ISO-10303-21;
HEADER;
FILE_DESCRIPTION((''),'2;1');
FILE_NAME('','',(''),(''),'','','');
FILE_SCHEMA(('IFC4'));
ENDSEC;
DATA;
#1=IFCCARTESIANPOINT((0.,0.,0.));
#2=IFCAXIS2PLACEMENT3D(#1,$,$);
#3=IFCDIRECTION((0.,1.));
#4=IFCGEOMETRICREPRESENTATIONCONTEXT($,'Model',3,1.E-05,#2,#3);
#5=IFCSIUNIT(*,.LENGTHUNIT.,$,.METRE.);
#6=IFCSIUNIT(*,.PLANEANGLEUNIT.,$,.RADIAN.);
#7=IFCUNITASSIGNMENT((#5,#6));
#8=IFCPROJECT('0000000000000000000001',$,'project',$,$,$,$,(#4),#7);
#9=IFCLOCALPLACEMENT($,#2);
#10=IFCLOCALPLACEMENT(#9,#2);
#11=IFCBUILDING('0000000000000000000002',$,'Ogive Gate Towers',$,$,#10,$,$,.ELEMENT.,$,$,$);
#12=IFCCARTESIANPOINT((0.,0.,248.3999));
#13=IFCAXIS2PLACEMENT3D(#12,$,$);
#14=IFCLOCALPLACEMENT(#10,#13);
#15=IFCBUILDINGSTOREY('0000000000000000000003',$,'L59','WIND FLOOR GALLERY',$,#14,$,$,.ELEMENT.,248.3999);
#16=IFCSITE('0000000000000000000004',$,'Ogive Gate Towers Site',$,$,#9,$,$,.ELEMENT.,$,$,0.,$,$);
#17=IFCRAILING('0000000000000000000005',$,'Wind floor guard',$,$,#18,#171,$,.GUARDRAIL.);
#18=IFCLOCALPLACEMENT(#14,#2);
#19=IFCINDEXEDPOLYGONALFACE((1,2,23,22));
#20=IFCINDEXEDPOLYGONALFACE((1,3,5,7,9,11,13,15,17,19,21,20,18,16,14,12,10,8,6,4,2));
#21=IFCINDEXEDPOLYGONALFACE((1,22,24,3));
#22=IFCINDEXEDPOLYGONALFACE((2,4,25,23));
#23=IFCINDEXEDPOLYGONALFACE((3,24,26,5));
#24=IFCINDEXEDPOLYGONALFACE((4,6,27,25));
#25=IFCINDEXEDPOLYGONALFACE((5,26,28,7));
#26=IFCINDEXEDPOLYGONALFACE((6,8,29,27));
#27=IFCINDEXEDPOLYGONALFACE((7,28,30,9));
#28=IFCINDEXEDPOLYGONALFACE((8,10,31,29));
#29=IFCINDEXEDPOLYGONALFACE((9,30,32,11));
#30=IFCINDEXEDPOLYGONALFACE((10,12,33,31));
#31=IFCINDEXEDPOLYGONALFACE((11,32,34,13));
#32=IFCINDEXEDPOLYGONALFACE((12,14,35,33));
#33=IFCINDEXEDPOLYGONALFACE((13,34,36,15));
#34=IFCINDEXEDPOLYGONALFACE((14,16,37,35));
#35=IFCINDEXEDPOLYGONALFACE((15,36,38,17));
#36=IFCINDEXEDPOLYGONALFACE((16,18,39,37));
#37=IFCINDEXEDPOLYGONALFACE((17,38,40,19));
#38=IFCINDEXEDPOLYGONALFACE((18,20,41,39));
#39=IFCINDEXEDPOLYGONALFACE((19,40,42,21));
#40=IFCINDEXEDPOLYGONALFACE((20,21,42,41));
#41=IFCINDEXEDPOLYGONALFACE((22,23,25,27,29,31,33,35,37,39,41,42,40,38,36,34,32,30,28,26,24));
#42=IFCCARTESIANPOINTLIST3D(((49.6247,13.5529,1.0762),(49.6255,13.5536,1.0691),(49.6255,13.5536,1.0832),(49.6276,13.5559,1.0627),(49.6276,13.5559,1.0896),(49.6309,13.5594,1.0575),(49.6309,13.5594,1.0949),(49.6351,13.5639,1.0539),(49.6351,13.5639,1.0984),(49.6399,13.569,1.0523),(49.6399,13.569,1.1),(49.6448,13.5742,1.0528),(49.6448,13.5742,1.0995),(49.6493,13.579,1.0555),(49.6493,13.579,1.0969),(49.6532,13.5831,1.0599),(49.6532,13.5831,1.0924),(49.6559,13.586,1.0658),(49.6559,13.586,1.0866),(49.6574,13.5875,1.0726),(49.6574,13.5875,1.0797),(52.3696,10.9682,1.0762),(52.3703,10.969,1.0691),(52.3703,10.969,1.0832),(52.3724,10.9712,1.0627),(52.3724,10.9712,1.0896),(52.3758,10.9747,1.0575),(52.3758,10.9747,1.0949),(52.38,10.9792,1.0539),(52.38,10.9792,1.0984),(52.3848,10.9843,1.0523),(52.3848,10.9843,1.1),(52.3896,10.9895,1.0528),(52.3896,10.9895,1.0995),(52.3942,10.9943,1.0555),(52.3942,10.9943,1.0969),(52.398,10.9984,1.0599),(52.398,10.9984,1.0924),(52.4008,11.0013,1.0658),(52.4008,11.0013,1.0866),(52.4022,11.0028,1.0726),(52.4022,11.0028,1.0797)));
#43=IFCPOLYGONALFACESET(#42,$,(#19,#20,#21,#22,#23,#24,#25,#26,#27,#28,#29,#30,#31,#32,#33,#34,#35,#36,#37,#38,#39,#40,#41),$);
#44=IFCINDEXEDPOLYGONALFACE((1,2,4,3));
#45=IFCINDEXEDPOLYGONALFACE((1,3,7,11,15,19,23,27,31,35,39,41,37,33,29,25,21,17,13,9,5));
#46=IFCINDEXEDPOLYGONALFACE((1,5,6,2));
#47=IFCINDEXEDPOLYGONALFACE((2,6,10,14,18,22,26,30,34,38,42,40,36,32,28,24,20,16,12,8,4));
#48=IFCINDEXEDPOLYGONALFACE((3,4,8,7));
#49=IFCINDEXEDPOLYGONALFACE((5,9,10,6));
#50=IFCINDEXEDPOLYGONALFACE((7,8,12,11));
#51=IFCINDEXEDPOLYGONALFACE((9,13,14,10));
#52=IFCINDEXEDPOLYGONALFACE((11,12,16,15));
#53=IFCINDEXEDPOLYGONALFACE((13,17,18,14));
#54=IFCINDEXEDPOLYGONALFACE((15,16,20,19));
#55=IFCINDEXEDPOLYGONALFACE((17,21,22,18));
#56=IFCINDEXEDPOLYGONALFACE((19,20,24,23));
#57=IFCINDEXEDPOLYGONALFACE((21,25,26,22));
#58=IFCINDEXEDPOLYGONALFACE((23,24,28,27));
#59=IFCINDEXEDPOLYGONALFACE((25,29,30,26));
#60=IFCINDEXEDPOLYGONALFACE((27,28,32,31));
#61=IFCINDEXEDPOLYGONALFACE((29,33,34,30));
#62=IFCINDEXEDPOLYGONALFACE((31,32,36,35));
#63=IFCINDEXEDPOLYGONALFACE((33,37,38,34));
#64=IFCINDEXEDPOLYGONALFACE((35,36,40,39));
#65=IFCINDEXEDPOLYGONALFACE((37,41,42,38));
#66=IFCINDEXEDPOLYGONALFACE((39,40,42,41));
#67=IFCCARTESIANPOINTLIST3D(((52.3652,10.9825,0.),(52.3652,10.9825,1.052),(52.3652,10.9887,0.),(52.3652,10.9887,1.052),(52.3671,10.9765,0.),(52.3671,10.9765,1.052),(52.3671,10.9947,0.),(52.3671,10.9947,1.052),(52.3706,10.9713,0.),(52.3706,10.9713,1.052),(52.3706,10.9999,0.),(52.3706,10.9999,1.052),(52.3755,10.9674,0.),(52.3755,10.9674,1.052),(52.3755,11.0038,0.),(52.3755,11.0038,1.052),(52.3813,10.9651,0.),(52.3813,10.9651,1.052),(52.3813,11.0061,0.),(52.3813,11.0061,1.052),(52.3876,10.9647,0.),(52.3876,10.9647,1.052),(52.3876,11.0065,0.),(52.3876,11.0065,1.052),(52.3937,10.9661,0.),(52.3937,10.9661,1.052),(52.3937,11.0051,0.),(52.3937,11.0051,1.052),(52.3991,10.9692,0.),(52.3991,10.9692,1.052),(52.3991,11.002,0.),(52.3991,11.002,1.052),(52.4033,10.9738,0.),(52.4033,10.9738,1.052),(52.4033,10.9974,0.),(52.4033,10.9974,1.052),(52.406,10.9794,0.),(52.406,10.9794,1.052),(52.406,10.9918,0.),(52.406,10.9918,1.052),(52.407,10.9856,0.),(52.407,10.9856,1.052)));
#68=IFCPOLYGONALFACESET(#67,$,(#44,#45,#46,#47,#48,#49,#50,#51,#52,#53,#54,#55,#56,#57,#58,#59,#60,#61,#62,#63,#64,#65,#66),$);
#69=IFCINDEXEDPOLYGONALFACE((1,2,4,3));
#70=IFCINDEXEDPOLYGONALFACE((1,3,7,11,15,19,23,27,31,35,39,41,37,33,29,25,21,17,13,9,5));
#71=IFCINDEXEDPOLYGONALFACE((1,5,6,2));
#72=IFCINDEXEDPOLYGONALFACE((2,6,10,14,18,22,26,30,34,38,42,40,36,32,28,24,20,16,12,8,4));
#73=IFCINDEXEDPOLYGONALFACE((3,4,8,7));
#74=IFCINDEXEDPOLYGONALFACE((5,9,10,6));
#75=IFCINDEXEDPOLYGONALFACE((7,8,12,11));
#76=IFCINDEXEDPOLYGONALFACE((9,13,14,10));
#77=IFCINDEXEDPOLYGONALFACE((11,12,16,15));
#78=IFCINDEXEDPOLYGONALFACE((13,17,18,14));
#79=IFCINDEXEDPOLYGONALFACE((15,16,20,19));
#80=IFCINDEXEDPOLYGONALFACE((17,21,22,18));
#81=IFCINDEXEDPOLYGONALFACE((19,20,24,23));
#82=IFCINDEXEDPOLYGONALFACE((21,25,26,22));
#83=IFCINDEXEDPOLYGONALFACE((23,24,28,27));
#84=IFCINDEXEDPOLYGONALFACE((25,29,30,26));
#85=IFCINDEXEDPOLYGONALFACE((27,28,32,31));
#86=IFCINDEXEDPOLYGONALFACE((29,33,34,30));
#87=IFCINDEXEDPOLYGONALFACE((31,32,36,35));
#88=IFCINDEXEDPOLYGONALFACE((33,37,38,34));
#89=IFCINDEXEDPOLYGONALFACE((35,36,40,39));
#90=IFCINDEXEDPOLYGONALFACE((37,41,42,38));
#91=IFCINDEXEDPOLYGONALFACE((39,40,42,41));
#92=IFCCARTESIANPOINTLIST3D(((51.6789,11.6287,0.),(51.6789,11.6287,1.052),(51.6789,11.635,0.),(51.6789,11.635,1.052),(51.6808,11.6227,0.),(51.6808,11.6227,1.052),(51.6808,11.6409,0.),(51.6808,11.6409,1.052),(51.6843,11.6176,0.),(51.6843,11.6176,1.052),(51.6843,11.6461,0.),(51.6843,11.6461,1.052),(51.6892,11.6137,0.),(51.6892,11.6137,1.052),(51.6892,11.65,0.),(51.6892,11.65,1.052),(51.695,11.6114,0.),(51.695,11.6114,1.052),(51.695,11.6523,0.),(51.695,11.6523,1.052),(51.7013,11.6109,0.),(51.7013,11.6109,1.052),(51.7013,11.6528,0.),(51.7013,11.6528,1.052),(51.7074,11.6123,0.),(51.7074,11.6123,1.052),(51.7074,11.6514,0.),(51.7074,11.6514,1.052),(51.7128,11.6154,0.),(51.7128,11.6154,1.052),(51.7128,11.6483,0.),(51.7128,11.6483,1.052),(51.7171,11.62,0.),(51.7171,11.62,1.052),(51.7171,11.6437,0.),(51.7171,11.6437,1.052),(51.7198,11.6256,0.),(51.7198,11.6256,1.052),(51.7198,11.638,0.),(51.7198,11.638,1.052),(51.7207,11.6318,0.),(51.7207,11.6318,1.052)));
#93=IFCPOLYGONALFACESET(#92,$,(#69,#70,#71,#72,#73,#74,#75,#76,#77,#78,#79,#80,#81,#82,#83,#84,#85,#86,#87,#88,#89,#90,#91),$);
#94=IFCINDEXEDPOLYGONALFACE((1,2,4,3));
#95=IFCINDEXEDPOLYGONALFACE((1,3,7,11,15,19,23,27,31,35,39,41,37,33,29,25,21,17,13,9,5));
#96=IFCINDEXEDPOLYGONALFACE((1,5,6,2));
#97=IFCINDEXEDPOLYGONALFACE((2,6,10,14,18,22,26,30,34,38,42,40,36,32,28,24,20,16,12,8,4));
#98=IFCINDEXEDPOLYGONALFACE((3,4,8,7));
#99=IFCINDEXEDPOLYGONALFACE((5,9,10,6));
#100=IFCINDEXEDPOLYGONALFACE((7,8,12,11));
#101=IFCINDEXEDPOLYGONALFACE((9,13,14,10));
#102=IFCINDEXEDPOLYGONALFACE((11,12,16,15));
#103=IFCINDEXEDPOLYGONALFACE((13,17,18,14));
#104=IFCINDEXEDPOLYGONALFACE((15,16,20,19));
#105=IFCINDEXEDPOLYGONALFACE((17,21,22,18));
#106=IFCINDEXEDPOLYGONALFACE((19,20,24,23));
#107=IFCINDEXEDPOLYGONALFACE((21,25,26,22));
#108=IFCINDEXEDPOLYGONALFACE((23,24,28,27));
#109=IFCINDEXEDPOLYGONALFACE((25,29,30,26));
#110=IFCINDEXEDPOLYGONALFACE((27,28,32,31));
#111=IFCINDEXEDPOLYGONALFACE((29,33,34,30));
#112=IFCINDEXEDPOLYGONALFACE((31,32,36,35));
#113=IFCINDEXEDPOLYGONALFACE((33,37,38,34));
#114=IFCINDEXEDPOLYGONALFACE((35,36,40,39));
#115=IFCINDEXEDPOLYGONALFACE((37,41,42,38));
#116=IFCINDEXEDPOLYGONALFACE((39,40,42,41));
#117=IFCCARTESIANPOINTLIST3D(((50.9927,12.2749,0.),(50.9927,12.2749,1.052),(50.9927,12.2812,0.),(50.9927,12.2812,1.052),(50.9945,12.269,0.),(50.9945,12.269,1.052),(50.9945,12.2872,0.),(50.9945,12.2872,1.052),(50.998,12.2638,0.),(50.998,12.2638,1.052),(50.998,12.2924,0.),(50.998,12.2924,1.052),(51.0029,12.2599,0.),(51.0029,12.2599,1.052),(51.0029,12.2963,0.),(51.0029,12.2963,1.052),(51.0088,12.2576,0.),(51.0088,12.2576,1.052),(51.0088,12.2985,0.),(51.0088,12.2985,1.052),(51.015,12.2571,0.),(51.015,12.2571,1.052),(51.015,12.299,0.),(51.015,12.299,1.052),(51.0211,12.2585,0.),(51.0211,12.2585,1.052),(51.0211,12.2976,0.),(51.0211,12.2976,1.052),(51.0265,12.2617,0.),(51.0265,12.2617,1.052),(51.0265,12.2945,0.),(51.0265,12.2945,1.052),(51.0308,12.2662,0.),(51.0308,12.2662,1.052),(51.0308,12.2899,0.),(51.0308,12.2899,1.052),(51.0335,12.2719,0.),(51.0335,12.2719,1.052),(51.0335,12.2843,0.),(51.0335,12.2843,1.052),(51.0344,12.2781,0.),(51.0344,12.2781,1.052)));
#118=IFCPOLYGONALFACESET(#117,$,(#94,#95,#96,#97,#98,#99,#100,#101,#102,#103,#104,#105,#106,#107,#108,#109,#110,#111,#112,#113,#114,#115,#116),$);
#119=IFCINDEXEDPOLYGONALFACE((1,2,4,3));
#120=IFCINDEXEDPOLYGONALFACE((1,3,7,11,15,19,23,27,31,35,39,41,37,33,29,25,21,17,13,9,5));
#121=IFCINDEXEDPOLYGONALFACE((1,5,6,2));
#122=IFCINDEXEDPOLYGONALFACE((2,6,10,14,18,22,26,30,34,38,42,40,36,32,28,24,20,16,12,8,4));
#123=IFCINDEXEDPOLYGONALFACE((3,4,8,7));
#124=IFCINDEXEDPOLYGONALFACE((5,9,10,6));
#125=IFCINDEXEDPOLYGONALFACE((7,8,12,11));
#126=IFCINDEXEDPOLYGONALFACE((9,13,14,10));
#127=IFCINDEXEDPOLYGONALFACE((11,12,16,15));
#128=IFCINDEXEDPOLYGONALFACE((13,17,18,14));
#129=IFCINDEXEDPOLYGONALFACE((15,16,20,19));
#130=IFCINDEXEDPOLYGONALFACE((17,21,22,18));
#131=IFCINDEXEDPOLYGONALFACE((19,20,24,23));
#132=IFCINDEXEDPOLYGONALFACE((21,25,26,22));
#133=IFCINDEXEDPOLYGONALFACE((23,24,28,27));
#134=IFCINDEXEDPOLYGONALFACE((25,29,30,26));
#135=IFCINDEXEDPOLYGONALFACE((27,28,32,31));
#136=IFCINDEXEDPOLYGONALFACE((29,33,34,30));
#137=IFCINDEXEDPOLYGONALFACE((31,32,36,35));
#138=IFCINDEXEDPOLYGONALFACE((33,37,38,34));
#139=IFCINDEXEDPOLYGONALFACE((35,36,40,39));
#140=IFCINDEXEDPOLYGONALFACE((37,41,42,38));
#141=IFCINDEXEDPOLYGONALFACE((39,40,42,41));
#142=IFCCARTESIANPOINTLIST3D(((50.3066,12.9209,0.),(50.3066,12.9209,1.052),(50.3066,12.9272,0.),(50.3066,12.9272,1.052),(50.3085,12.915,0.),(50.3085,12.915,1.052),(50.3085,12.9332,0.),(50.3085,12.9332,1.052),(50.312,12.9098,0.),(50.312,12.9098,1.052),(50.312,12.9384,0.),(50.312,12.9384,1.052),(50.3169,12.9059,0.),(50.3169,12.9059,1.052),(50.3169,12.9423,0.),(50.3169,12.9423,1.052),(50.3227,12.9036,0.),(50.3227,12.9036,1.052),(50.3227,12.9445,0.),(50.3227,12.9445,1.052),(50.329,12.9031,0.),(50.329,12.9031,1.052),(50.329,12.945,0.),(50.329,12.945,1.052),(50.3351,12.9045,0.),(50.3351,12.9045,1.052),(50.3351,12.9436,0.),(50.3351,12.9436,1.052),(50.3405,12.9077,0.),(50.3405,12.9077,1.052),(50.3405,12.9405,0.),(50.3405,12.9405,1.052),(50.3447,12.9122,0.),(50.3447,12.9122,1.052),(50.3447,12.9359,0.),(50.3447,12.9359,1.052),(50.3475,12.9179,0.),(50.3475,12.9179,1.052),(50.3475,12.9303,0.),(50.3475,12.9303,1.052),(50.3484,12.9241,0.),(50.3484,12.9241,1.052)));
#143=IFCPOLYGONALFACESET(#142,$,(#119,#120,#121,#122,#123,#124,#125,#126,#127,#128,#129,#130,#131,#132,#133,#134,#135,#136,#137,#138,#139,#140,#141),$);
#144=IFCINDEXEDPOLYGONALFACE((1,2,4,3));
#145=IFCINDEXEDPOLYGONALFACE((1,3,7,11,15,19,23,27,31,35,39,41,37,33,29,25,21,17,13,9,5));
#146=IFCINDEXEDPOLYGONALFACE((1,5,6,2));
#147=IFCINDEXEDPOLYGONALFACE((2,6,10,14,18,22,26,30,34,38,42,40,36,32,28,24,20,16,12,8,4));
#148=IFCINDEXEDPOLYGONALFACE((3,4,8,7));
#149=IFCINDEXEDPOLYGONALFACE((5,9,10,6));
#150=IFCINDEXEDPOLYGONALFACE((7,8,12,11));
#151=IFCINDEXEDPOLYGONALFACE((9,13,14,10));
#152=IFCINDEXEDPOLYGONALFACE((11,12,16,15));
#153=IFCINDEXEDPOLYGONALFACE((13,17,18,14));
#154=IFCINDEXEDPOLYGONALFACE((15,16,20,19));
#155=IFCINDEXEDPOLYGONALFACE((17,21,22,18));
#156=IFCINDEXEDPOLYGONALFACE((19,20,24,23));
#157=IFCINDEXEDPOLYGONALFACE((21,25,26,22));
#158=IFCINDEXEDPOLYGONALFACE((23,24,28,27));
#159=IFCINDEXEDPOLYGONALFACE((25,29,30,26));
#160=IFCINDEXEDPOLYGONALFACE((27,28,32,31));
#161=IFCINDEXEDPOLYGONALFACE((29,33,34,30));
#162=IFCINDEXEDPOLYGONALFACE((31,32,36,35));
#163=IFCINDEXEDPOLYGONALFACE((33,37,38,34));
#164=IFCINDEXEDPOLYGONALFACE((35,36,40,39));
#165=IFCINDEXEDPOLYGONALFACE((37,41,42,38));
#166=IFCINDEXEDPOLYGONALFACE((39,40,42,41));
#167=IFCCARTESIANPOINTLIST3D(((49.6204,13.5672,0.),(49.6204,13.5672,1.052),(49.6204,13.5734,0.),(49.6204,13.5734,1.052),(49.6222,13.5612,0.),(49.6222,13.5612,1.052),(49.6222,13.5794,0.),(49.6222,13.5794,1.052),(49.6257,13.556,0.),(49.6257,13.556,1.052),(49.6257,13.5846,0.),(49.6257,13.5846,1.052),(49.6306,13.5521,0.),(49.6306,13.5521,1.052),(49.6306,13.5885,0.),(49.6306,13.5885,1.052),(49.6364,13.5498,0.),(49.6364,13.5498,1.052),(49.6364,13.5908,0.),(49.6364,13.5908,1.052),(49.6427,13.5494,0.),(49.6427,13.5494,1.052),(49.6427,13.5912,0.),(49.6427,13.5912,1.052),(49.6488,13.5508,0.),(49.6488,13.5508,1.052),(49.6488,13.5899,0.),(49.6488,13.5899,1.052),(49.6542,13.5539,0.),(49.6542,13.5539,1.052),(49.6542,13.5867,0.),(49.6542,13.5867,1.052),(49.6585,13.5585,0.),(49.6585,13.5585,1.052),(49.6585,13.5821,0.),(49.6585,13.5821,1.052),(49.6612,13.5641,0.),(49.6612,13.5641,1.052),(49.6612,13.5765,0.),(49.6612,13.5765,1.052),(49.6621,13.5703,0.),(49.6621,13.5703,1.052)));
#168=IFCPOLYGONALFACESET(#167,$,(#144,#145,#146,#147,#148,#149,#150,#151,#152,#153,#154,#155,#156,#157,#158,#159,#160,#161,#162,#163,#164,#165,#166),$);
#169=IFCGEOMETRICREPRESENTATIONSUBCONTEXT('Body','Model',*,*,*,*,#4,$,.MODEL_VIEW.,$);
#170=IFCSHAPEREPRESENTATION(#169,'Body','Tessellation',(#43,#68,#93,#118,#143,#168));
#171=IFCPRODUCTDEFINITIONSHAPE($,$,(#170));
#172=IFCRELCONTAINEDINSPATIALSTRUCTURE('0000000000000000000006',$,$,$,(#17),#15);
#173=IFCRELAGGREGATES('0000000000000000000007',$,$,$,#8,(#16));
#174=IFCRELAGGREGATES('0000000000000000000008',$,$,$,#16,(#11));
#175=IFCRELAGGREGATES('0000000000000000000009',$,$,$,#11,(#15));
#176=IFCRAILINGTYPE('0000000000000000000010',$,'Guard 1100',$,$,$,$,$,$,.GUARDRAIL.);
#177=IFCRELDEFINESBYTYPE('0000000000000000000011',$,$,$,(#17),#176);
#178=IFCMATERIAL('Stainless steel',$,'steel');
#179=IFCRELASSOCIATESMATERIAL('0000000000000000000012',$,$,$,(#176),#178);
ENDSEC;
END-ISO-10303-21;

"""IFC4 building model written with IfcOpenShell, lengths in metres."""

from ifc_helpers import new_model, si_unit, direction, frame, origin, origin_2d, place, context, subcontext, project, spatial, circle, extrude, material, type_object, element, save


model = new_model("IFC4")

# Units and contexts
model_context = context("Model", 3, precision=1e-05, world=origin(), true_north=direction((0.0, 1.0)))
body_context = subcontext(model_context, "Body", "Model", "MODEL_VIEW")
ifc_project = project(units=[si_unit("LENGTHUNIT", "METRE"), si_unit("PLANEANGLEUNIT", "RADIAN")], contexts=[model_context])

# Site, building, storey
site_placement = place(None, origin())
site = spatial("IfcSite", under=ifc_project, at=site_placement, Name="Ogive Gate Towers Site", CompositionType="ELEMENT", RefElevation=0.0)
building_placement = place(site_placement, origin())
building = spatial("IfcBuilding", under=site, at=building_placement, Name="Ogive Gate Towers", CompositionType="ELEMENT")
storey_placement = place(building_placement, frame((0.0, 0.0, 248.3999)))
storey = spatial("IfcBuildingStorey", under=building, at=storey_placement, Name="L59", Description="WIND FLOOR GALLERY", CompositionType="ELEMENT", Elevation=248.3999)

# Railing
ifc_material_1 = material(Name="Stainless steel", Category="steel")
railing_type_1 = type_object("IfcRailingType", Name="Guard 1100", PredefinedType="GUARDRAIL", material=ifc_material_1)
railing_1_placement = place(storey_placement, frame((52.386, 10.9856, 0.0)))
element("IfcRailing", 1, at=railing_1_placement, inside=storey, type_object=railing_type_1, Name="Wind floor guard", PredefinedType="GUARDRAIL", context=body_context, shape_type="SweptSolid", body=[
    extrude(circle(Radius=0.0239, at=origin_2d()), frame((0.0, 0.0, 1.0762), z_axis=(-0.728027, 0.685548, 0.0), x_axis=(-0.685548, -0.728027, 0.0)), (0.0, 0.0, 1.0), 3.7703),
    extrude(circle(Radius=0.021, at=origin_2d()), origin(), (0.0, 0.0, 1.0), 1.052),
    extrude(circle(Radius=0.021, at=origin_2d()), frame((-0.6863, 0.6462, 0.0)), (0.0, 0.0, 1.0), 1.052),
    extrude(circle(Radius=0.021, at=origin_2d()), frame((-1.3726, 1.2925, 0.0)), (0.0, 0.0, 1.0), 1.052),
    extrude(circle(Radius=0.021, at=origin_2d()), frame((-2.0586, 1.9385, 0.0)), (0.0, 0.0, 1.0), 1.052),
    extrude(circle(Radius=0.021, at=origin_2d()), frame((-2.7449, 2.5847, 0.0)), (0.0, 0.0, 1.0), 1.052),
])

save(model, "model.ifc")
